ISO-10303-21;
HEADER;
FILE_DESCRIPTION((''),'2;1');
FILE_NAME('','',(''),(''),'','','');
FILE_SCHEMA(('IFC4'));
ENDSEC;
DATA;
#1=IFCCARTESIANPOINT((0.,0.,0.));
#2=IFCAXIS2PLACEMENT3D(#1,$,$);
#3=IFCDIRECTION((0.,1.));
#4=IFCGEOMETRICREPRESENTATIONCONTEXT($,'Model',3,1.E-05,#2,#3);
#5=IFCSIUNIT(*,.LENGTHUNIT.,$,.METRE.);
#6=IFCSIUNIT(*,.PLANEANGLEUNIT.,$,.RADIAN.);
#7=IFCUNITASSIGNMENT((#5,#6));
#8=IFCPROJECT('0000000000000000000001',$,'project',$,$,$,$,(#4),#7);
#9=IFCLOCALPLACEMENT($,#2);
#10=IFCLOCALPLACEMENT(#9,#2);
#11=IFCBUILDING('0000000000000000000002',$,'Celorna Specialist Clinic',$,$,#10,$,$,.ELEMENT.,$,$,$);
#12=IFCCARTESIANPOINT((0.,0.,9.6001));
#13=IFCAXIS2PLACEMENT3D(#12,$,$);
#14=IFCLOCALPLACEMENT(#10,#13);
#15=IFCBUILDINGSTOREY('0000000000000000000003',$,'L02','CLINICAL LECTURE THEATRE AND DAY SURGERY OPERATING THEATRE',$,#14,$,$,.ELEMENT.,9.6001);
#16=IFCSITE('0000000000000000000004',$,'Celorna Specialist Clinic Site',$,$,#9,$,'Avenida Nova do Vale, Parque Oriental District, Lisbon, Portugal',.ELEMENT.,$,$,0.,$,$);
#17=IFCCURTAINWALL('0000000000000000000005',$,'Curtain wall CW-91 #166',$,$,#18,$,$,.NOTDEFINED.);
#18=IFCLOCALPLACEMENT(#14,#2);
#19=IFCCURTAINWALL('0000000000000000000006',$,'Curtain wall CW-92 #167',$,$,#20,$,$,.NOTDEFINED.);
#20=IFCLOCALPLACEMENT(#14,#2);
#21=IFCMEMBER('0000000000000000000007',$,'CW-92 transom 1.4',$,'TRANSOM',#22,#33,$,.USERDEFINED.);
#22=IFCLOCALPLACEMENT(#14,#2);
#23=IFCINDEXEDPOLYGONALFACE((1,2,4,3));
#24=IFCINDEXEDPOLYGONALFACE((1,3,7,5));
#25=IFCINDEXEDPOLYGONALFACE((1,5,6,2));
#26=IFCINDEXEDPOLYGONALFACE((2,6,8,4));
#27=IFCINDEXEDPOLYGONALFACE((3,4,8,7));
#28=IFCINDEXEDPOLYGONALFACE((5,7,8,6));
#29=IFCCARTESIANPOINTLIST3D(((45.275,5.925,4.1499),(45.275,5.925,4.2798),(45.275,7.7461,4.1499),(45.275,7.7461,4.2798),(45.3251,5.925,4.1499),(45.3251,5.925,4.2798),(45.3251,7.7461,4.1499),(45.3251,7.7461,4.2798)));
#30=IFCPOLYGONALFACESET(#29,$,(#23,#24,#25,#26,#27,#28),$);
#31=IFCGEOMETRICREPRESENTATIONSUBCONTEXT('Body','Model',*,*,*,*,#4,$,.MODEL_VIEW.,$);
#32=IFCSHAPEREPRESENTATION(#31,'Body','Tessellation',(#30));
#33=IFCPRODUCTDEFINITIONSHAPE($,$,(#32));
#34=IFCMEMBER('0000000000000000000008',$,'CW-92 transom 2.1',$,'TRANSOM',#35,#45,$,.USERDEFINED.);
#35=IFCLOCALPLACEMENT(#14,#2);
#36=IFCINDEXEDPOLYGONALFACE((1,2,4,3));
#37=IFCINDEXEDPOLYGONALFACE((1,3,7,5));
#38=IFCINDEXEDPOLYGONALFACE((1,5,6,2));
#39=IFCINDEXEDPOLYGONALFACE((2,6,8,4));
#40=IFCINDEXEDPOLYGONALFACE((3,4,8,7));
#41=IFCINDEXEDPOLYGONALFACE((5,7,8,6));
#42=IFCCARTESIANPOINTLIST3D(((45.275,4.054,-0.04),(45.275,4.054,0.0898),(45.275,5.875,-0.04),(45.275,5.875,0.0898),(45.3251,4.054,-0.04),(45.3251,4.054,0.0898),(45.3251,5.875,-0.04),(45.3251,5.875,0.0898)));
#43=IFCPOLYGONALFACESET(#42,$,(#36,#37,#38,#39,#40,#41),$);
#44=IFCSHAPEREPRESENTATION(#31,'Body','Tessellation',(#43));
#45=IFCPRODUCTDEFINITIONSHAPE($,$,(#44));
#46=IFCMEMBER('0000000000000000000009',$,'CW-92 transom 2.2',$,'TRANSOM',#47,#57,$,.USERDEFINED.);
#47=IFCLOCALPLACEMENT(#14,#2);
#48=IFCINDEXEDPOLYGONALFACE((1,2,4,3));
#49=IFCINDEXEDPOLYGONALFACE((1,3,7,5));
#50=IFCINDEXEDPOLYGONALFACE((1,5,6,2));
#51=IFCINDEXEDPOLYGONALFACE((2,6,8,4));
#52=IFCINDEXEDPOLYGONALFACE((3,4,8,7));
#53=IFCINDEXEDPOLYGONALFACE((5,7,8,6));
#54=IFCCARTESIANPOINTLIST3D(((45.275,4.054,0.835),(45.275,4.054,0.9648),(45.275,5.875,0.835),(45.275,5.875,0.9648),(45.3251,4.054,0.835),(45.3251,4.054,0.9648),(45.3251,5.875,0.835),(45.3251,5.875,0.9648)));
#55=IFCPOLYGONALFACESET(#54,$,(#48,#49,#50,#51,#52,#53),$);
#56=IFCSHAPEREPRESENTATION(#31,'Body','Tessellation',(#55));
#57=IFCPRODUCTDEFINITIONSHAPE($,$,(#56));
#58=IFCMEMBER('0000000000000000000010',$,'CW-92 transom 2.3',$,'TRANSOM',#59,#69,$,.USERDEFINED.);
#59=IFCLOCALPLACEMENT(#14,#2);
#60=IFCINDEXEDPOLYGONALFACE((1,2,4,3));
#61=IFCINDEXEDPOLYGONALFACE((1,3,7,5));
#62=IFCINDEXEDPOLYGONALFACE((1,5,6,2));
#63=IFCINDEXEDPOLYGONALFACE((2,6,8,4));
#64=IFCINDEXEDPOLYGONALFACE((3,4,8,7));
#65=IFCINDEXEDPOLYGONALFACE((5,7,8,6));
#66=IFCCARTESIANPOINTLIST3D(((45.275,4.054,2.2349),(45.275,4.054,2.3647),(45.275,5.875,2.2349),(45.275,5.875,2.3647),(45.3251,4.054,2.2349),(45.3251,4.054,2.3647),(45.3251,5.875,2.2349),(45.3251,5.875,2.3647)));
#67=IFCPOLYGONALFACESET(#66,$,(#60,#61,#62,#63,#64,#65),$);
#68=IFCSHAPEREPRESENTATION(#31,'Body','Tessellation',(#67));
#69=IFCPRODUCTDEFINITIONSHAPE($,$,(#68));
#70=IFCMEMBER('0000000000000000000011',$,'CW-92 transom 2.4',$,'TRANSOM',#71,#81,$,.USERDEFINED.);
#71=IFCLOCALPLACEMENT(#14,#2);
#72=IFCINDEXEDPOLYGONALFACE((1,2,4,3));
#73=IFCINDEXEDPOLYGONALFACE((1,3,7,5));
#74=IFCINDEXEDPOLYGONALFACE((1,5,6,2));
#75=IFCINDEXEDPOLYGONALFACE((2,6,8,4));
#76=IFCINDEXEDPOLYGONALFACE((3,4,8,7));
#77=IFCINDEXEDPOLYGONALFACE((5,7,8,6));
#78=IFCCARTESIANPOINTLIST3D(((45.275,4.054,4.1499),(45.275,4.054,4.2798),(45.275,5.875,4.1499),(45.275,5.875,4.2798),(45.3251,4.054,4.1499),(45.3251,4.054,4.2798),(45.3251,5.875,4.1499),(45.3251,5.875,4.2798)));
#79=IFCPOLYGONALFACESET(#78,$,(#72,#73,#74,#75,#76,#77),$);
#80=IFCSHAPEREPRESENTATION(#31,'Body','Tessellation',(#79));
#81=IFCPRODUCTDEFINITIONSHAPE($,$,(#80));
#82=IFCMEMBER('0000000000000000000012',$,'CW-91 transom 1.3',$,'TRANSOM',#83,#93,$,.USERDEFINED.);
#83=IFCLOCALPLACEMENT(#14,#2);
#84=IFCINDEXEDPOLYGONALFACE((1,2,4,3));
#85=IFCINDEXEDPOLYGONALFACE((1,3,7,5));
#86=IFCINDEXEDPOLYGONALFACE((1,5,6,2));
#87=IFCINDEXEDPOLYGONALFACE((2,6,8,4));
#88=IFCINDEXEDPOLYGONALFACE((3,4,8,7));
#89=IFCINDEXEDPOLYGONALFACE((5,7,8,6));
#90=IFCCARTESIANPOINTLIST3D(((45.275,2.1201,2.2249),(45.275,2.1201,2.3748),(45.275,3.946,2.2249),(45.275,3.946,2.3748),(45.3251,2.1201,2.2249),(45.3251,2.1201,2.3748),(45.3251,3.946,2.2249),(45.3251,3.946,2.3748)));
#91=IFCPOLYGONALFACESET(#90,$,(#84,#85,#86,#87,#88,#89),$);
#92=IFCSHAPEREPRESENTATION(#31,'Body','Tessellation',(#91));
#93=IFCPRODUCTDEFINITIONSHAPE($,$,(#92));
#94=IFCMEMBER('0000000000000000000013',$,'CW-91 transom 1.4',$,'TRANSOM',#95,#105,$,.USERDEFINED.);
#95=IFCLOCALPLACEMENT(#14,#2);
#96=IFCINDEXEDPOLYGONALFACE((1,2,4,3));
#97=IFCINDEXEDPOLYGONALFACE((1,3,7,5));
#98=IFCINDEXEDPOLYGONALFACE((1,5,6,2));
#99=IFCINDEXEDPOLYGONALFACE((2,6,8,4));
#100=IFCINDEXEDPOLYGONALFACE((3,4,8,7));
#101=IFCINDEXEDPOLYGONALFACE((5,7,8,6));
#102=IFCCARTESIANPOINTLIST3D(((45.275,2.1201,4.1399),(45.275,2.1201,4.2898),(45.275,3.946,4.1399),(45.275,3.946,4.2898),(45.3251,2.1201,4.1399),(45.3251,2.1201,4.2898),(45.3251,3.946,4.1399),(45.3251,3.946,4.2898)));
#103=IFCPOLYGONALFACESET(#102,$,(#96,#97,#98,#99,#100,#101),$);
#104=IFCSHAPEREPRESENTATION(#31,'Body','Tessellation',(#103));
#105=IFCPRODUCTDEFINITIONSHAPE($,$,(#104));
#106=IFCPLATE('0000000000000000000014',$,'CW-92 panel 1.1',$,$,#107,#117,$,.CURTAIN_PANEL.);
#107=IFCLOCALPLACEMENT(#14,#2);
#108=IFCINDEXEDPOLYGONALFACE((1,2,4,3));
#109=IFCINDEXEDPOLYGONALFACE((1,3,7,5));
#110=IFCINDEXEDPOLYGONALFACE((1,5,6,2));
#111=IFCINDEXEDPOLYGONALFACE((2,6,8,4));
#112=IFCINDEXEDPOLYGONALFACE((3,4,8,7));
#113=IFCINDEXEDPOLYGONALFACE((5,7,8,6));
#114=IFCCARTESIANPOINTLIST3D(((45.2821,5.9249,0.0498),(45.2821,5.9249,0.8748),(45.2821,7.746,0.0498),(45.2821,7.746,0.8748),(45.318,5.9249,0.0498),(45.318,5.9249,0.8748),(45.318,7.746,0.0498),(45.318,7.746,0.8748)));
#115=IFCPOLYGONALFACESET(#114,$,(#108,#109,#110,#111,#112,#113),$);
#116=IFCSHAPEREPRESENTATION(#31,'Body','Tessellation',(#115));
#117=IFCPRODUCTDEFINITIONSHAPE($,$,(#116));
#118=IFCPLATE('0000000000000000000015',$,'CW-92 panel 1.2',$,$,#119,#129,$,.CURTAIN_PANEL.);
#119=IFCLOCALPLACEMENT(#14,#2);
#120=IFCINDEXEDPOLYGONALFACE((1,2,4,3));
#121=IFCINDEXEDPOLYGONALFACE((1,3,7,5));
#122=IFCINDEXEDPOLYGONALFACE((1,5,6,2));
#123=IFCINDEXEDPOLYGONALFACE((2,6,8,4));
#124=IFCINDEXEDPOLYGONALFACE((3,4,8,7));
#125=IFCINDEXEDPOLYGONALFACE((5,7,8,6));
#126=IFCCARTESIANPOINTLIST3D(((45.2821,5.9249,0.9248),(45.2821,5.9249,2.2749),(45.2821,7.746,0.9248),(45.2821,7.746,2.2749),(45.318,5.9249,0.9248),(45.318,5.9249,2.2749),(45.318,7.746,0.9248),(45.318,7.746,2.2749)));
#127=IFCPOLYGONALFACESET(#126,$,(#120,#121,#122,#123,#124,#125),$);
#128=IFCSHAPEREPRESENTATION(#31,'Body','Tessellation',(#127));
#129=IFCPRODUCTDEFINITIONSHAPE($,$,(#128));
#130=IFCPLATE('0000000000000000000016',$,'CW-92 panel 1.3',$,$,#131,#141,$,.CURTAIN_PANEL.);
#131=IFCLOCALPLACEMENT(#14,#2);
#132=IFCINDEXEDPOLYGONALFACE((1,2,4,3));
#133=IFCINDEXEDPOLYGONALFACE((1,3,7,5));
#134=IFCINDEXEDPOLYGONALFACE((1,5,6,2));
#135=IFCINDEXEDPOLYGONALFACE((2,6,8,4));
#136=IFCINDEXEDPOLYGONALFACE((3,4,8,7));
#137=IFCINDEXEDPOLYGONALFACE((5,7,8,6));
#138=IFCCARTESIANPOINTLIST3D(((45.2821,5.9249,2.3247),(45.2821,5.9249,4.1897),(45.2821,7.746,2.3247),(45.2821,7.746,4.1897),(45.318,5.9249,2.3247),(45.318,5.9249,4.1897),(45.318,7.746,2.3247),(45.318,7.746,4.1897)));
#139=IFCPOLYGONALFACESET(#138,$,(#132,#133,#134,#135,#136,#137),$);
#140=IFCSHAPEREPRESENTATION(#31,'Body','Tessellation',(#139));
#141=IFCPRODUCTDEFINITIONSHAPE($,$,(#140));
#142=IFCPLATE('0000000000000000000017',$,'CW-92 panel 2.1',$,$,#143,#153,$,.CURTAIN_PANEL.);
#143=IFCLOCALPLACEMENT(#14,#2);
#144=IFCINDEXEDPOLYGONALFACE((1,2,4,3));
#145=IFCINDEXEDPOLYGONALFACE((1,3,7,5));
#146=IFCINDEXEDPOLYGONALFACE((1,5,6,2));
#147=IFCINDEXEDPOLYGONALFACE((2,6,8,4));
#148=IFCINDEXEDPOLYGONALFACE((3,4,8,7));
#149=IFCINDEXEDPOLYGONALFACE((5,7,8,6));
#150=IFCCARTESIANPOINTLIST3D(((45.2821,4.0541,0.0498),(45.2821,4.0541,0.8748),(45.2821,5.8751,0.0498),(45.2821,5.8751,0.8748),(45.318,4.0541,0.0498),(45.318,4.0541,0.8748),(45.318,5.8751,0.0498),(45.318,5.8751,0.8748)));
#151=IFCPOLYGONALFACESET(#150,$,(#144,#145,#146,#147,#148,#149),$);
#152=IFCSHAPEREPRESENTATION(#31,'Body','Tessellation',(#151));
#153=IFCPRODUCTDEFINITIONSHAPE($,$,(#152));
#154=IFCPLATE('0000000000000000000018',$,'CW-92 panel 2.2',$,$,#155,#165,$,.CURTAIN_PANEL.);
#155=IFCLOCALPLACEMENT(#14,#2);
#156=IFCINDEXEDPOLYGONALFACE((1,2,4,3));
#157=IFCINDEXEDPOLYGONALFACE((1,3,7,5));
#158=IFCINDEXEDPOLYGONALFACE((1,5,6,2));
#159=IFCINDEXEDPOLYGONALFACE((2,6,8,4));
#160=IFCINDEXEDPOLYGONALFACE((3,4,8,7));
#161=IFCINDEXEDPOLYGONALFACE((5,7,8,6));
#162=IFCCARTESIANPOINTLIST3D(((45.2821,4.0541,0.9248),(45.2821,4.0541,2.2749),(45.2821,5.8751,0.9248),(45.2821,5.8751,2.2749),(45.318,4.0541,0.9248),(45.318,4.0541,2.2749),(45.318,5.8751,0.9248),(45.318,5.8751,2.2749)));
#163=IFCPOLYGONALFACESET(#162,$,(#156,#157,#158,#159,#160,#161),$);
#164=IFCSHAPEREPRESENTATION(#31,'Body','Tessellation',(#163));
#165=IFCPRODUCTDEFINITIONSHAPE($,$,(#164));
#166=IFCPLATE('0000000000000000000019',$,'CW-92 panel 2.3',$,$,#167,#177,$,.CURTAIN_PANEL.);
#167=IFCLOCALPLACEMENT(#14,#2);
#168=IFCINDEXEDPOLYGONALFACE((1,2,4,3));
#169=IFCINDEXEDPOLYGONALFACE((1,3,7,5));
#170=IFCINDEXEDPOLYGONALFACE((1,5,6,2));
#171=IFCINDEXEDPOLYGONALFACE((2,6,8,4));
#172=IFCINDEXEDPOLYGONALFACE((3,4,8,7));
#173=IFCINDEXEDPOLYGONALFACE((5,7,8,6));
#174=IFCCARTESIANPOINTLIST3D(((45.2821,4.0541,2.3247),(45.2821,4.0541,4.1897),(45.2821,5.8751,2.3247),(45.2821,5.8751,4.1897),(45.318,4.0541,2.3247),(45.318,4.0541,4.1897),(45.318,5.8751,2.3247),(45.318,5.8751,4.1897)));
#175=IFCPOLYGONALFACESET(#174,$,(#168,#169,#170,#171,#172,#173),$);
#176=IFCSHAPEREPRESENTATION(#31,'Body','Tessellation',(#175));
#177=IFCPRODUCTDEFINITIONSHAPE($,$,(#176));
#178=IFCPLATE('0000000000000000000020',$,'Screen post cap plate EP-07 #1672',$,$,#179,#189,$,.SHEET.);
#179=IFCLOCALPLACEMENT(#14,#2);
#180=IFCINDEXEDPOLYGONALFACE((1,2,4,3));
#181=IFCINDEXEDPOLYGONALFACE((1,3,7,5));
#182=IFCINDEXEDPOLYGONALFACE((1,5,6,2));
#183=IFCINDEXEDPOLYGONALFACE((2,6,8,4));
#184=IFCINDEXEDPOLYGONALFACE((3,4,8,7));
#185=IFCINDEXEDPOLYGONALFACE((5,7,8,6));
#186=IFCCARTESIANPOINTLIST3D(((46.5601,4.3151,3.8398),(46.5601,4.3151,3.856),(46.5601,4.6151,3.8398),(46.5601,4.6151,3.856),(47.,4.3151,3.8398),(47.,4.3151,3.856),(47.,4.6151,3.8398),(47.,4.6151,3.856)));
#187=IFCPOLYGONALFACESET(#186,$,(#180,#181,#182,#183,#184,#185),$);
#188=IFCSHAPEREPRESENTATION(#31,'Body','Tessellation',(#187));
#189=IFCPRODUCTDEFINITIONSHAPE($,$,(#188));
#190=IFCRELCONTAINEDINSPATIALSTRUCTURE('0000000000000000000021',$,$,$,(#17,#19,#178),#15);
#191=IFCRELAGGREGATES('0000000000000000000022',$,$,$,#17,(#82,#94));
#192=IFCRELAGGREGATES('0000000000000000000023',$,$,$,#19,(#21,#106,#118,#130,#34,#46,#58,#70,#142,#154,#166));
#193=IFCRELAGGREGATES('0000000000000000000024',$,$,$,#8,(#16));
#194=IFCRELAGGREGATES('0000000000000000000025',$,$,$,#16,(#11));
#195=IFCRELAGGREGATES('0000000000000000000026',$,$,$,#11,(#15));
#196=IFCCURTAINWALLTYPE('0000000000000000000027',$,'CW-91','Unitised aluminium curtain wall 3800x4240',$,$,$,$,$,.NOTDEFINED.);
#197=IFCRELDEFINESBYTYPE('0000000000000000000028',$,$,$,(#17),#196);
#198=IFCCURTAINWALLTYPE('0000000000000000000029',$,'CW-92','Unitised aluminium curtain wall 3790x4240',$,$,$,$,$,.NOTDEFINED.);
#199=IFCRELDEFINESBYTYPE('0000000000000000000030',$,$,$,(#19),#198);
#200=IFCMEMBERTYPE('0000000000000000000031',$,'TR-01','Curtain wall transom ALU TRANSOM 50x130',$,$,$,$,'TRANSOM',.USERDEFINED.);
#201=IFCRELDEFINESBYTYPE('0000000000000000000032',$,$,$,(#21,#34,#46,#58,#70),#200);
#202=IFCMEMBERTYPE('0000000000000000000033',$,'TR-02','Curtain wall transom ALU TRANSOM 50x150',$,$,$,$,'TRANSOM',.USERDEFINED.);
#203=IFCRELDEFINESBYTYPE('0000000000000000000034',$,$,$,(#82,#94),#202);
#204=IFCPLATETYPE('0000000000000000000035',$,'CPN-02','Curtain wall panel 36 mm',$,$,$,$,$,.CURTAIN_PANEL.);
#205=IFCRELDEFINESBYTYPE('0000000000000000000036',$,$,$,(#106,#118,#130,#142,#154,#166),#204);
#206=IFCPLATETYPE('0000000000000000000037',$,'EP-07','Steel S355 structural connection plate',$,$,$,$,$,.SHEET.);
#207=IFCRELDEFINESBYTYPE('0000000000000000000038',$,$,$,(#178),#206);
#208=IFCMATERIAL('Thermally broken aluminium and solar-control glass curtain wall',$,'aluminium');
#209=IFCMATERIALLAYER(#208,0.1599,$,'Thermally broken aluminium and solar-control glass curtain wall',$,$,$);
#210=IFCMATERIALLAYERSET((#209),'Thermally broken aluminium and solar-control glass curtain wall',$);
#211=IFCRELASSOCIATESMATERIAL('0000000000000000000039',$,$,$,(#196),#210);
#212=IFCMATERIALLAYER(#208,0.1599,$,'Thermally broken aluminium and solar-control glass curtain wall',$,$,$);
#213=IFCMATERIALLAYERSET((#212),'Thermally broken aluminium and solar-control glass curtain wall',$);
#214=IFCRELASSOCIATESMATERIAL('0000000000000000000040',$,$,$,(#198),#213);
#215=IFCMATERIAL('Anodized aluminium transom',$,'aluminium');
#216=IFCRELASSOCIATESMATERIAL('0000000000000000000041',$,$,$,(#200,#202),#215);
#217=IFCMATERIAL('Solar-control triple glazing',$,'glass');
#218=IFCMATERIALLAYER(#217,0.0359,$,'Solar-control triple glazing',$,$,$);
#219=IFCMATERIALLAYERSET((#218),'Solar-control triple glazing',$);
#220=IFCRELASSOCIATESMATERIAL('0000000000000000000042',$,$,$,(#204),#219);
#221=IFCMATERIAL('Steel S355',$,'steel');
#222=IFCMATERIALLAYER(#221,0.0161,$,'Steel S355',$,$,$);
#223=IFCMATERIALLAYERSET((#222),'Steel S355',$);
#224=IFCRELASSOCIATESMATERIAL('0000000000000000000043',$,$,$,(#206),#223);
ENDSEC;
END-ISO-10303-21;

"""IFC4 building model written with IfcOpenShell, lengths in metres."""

from ifc_helpers import new_model, si_unit, direction, frame, origin, origin_2d, place, context, subcontext, project, spatial, rectangle, extrude, material, layer, layer_set, material_profile, profile_set, type_object, element, aggregate, save


model = new_model("IFC4")

# Units and contexts
model_context = context("Model", 3, precision=1e-05, world=origin(), true_north=direction((0.0, 1.0)))
body_context = subcontext(model_context, "Body", "Model", "MODEL_VIEW")
ifc_project = project(units=[si_unit("LENGTHUNIT", "METRE"), si_unit("PLANEANGLEUNIT", "RADIAN")], contexts=[model_context])

# Site, building, storey
site_placement = place(None, origin())
site = spatial("IfcSite", under=ifc_project, at=site_placement, Name="Celorna Specialist Clinic Site", LongName="Avenida Nova do Vale, Parque Oriental District, Lisbon, Portugal", CompositionType="ELEMENT", RefElevation=0.0)
building_placement = place(site_placement, origin())
building = spatial("IfcBuilding", under=site, at=building_placement, Name="Celorna Specialist Clinic", CompositionType="ELEMENT")
storey_placement = place(building_placement, frame((0.0, 0.0, 9.6001)))
storey = spatial("IfcBuildingStorey", under=building, at=storey_placement, Name="L02", Description="CLINICAL LECTURE THEATRE AND DAY SURGERY OPERATING THEATRE", CompositionType="ELEMENT", Elevation=9.6001)

# Shared definitions
ifc_material_1 = material(Name="Steel S355", Category="steel")

# Curtain wall
ifc_material_2 = material(Name="Thermally broken aluminium and solar-control glass curtain wall", Category="aluminium")
ifc_layer_1 = layer(ifc_material_2, 0.1599, Name="Thermally broken aluminium and solar-control glass curtain wall")
ifc_layer_set_1 = layer_set([ifc_layer_1], Name="Thermally broken aluminium and solar-control glass curtain wall")
curtain_wall_type_1 = type_object("IfcCurtainWallType", Name="CW-91", Description="Unitised aluminium curtain wall 3800x4240", PredefinedType="NOTDEFINED", material=ifc_layer_set_1)
curtain_wall_1_placement = place(storey_placement, origin())
curtain_wall_1 = element("IfcCurtainWall", 1, at=curtain_wall_1_placement, inside=storey, type_object=curtain_wall_type_1, Name="Curtain wall CW-91 #166", PredefinedType="NOTDEFINED")

# Curtain wall, members
ifc_layer_2 = layer(ifc_material_2, 0.1599, Name="Thermally broken aluminium and solar-control glass curtain wall")
ifc_layer_set_2 = layer_set([ifc_layer_2], Name="Thermally broken aluminium and solar-control glass curtain wall")
curtain_wall_type_2 = type_object("IfcCurtainWallType", Name="CW-92", Description="Unitised aluminium curtain wall 3790x4240", PredefinedType="NOTDEFINED", material=ifc_layer_set_2)
curtain_wall_2_placement = place(storey_placement, origin())
curtain_wall_2 = element("IfcCurtainWall", 2, at=curtain_wall_2_placement, inside=storey, type_object=curtain_wall_type_2, Name="Curtain wall CW-92 #167", PredefinedType="NOTDEFINED")
ifc_material_3 = material(Name="Anodized aluminium transom", Category="aluminium")
ifc_material_profile_1 = material_profile(ifc_material_3, rectangle(XDim=0.05, YDim=0.1299, at=origin_2d()), Name="ALU TRANSOM 50x130")
ifc_profile_set_1 = profile_set([ifc_material_profile_1], Name="Anodized aluminium transom")
member_type_1 = type_object("IfcMemberType", Name="TR-01", Description="Curtain wall transom ALU TRANSOM 50x130", ElementType="TRANSOM", PredefinedType="USERDEFINED", material=ifc_profile_set_1)
member_1_placement = place(storey_placement, frame((45.3, 7.7461, 4.2148), z_axis=(0.0, -1.0, 0.0), x_axis=(1.0, 0.0, 0.0)))
member_1 = element("IfcMember", 3, at=member_1_placement, type_object=member_type_1, Name="CW-92 transom 1.4", ObjectType="TRANSOM", PredefinedType="USERDEFINED", context=body_context, shape_type="SweptSolid", body=[
    extrude(rectangle(XDim=0.05, YDim=0.1299, at=origin_2d()), origin(), (0.0, 0.0, 1.0), 1.821),
])
member_2_placement = place(storey_placement, frame((45.3, 5.875, 0.0249), z_axis=(0.0, -1.0, 0.0), x_axis=(1.0, 0.0, 0.0)))
member_2 = element("IfcMember", 4, at=member_2_placement, type_object=member_type_1, Name="CW-92 transom 2.1", ObjectType="TRANSOM", PredefinedType="USERDEFINED", context=body_context, shape_type="SweptSolid", body=[
    extrude(rectangle(XDim=0.05, YDim=0.1299, at=origin_2d()), origin(), (0.0, 0.0, 1.0), 1.821),
])
member_3_placement = place(storey_placement, frame((45.3, 5.875, 0.8999), z_axis=(0.0, -1.0, 0.0), x_axis=(1.0, 0.0, 0.0)))
member_3 = element("IfcMember", 5, at=member_3_placement, type_object=member_type_1, Name="CW-92 transom 2.2", ObjectType="TRANSOM", PredefinedType="USERDEFINED", context=body_context, shape_type="SweptSolid", body=[
    extrude(rectangle(XDim=0.05, YDim=0.1299, at=origin_2d()), origin(), (0.0, 0.0, 1.0), 1.821),
])
member_4_placement = place(storey_placement, frame((45.3, 5.875, 2.2998), z_axis=(0.0, -1.0, 0.0), x_axis=(1.0, 0.0, 0.0)))
member_4 = element("IfcMember", 6, at=member_4_placement, type_object=member_type_1, Name="CW-92 transom 2.3", ObjectType="TRANSOM", PredefinedType="USERDEFINED", context=body_context, shape_type="SweptSolid", body=[
    extrude(rectangle(XDim=0.05, YDim=0.1299, at=origin_2d()), origin(), (0.0, 0.0, 1.0), 1.821),
])
member_5_placement = place(storey_placement, frame((45.3, 5.875, 4.2148), z_axis=(0.0, -1.0, 0.0), x_axis=(1.0, 0.0, 0.0)))
member_5 = element("IfcMember", 7, at=member_5_placement, type_object=member_type_1, Name="CW-92 transom 2.4", ObjectType="TRANSOM", PredefinedType="USERDEFINED", context=body_context, shape_type="SweptSolid", body=[
    extrude(rectangle(XDim=0.05, YDim=0.1299, at=origin_2d()), origin(), (0.0, 0.0, 1.0), 1.821),
])

# Members
ifc_material_profile_2 = material_profile(ifc_material_3, rectangle(XDim=0.05, YDim=0.1499, at=origin_2d()), Name="ALU TRANSOM 50x150")
ifc_profile_set_2 = profile_set([ifc_material_profile_2], Name="Anodized aluminium transom")
member_type_2 = type_object("IfcMemberType", Name="TR-02", Description="Curtain wall transom ALU TRANSOM 50x150", ElementType="TRANSOM", PredefinedType="USERDEFINED", material=ifc_profile_set_2)
member_6_placement = place(storey_placement, frame((45.3, 3.946, 2.2998), z_axis=(0.0, -1.0, 0.0), x_axis=(1.0, 0.0, 0.0)))
member_6 = element("IfcMember", 8, at=member_6_placement, type_object=member_type_2, Name="CW-91 transom 1.3", ObjectType="TRANSOM", PredefinedType="USERDEFINED", context=body_context, shape_type="SweptSolid", body=[
    extrude(rectangle(XDim=0.05, YDim=0.1499, at=origin_2d()), origin(), (0.0, 0.0, 1.0), 1.8259),
])
member_7_placement = place(storey_placement, frame((45.3, 3.946, 4.2148), z_axis=(0.0, -1.0, 0.0), x_axis=(1.0, 0.0, 0.0)))
member_7 = element("IfcMember", 9, at=member_7_placement, type_object=member_type_2, Name="CW-91 transom 1.4", ObjectType="TRANSOM", PredefinedType="USERDEFINED", context=body_context, shape_type="SweptSolid", body=[
    extrude(rectangle(XDim=0.05, YDim=0.1499, at=origin_2d()), origin(), (0.0, 0.0, 1.0), 1.8259),
])
aggregate(curtain_wall_1, [member_6, member_7])

# Plates
ifc_material_4 = material(Name="Solar-control triple glazing", Category="glass")
ifc_layer_3 = layer(ifc_material_4, 0.0359, Name="Solar-control triple glazing")
ifc_layer_set_3 = layer_set([ifc_layer_3], Name="Solar-control triple glazing")
plate_type_1 = type_object("IfcPlateType", Name="CPN-02", Description="Curtain wall panel 36 mm", PredefinedType="CURTAIN_PANEL", material=ifc_layer_set_3)
plate_1_placement = place(storey_placement, frame((45.3, 6.8354, 0.0498), z_axis=(0.0, 0.0, 1.0), x_axis=(0.0, -1.0, 0.0)))
plate_1 = element("IfcPlate", 10, at=plate_1_placement, type_object=plate_type_1, Name="CW-92 panel 1.1", PredefinedType="CURTAIN_PANEL", context=body_context, shape_type="SweptSolid", body=[
    extrude(rectangle(XDim=1.821, YDim=0.0359, at=origin_2d()), origin(), (0.0, 0.0, 1.0), 0.825),
])
plate_2_placement = place(storey_placement, frame((45.3, 6.8354, 0.9248), z_axis=(0.0, 0.0, 1.0), x_axis=(0.0, -1.0, 0.0)))
plate_2 = element("IfcPlate", 11, at=plate_2_placement, type_object=plate_type_1, Name="CW-92 panel 1.2", PredefinedType="CURTAIN_PANEL", context=body_context, shape_type="SweptSolid", body=[
    extrude(rectangle(XDim=1.821, YDim=0.0359, at=origin_2d()), origin(), (0.0, 0.0, 1.0), 1.3501),
])
plate_3_placement = place(storey_placement, frame((45.3, 6.8354, 2.3247), z_axis=(0.0, 0.0, 1.0), x_axis=(0.0, -1.0, 0.0)))
plate_3 = element("IfcPlate", 12, at=plate_3_placement, type_object=plate_type_1, Name="CW-92 panel 1.3", PredefinedType="CURTAIN_PANEL", context=body_context, shape_type="SweptSolid", body=[
    extrude(rectangle(XDim=1.821, YDim=0.0359, at=origin_2d()), origin(), (0.0, 0.0, 1.0), 1.865),
])
plate_4_placement = place(storey_placement, frame((45.3, 4.9646, 0.0498), z_axis=(0.0, 0.0, 1.0), x_axis=(0.0, -1.0, 0.0)))
plate_4 = element("IfcPlate", 13, at=plate_4_placement, type_object=plate_type_1, Name="CW-92 panel 2.1", PredefinedType="CURTAIN_PANEL", context=body_context, shape_type="SweptSolid", body=[
    extrude(rectangle(XDim=1.821, YDim=0.0359, at=origin_2d()), origin(), (0.0, 0.0, 1.0), 0.825),
])
plate_5_placement = place(storey_placement, frame((45.3, 4.9646, 0.9248), z_axis=(0.0, 0.0, 1.0), x_axis=(0.0, -1.0, 0.0)))
plate_5 = element("IfcPlate", 14, at=plate_5_placement, type_object=plate_type_1, Name="CW-92 panel 2.2", PredefinedType="CURTAIN_PANEL", context=body_context, shape_type="SweptSolid", body=[
    extrude(rectangle(XDim=1.821, YDim=0.0359, at=origin_2d()), origin(), (0.0, 0.0, 1.0), 1.3501),
])
plate_6_placement = place(storey_placement, frame((45.3, 4.9646, 2.3247), z_axis=(0.0, 0.0, 1.0), x_axis=(0.0, -1.0, 0.0)))
plate_6 = element("IfcPlate", 15, at=plate_6_placement, type_object=plate_type_1, Name="CW-92 panel 2.3", PredefinedType="CURTAIN_PANEL", context=body_context, shape_type="SweptSolid", body=[
    extrude(rectangle(XDim=1.821, YDim=0.0359, at=origin_2d()), origin(), (0.0, 0.0, 1.0), 1.865),
])
aggregate(curtain_wall_2, [member_1, plate_1, plate_2, plate_3, member_2, member_3, member_4, member_5, plate_4, plate_5, plate_6])

# Plate
ifc_layer_4 = layer(ifc_material_1, 0.0161, Name="Steel S355")
ifc_layer_set_4 = layer_set([ifc_layer_4], Name="Steel S355")
plate_type_2 = type_object("IfcPlateType", Name="EP-07", Description="Steel S355 structural connection plate", PredefinedType="SHEET", material=ifc_layer_set_4)
plate_7_placement = place(storey_placement, frame((46.78, 4.4651, 3.8398), z_axis=(0.0, 0.0, 1.0), x_axis=(0.0, 1.0, 0.0)))
element("IfcPlate", 16, at=plate_7_placement, inside=storey, type_object=plate_type_2, Name="Screen post cap plate EP-07 #1672", PredefinedType="SHEET", context=body_context, shape_type="SweptSolid", body=[
    extrude(rectangle(XDim=0.3, YDim=0.4399, at=origin_2d()), origin(), (0.0, 0.0, 1.0), 0.0161),
])

save(model, "model.ifc")
